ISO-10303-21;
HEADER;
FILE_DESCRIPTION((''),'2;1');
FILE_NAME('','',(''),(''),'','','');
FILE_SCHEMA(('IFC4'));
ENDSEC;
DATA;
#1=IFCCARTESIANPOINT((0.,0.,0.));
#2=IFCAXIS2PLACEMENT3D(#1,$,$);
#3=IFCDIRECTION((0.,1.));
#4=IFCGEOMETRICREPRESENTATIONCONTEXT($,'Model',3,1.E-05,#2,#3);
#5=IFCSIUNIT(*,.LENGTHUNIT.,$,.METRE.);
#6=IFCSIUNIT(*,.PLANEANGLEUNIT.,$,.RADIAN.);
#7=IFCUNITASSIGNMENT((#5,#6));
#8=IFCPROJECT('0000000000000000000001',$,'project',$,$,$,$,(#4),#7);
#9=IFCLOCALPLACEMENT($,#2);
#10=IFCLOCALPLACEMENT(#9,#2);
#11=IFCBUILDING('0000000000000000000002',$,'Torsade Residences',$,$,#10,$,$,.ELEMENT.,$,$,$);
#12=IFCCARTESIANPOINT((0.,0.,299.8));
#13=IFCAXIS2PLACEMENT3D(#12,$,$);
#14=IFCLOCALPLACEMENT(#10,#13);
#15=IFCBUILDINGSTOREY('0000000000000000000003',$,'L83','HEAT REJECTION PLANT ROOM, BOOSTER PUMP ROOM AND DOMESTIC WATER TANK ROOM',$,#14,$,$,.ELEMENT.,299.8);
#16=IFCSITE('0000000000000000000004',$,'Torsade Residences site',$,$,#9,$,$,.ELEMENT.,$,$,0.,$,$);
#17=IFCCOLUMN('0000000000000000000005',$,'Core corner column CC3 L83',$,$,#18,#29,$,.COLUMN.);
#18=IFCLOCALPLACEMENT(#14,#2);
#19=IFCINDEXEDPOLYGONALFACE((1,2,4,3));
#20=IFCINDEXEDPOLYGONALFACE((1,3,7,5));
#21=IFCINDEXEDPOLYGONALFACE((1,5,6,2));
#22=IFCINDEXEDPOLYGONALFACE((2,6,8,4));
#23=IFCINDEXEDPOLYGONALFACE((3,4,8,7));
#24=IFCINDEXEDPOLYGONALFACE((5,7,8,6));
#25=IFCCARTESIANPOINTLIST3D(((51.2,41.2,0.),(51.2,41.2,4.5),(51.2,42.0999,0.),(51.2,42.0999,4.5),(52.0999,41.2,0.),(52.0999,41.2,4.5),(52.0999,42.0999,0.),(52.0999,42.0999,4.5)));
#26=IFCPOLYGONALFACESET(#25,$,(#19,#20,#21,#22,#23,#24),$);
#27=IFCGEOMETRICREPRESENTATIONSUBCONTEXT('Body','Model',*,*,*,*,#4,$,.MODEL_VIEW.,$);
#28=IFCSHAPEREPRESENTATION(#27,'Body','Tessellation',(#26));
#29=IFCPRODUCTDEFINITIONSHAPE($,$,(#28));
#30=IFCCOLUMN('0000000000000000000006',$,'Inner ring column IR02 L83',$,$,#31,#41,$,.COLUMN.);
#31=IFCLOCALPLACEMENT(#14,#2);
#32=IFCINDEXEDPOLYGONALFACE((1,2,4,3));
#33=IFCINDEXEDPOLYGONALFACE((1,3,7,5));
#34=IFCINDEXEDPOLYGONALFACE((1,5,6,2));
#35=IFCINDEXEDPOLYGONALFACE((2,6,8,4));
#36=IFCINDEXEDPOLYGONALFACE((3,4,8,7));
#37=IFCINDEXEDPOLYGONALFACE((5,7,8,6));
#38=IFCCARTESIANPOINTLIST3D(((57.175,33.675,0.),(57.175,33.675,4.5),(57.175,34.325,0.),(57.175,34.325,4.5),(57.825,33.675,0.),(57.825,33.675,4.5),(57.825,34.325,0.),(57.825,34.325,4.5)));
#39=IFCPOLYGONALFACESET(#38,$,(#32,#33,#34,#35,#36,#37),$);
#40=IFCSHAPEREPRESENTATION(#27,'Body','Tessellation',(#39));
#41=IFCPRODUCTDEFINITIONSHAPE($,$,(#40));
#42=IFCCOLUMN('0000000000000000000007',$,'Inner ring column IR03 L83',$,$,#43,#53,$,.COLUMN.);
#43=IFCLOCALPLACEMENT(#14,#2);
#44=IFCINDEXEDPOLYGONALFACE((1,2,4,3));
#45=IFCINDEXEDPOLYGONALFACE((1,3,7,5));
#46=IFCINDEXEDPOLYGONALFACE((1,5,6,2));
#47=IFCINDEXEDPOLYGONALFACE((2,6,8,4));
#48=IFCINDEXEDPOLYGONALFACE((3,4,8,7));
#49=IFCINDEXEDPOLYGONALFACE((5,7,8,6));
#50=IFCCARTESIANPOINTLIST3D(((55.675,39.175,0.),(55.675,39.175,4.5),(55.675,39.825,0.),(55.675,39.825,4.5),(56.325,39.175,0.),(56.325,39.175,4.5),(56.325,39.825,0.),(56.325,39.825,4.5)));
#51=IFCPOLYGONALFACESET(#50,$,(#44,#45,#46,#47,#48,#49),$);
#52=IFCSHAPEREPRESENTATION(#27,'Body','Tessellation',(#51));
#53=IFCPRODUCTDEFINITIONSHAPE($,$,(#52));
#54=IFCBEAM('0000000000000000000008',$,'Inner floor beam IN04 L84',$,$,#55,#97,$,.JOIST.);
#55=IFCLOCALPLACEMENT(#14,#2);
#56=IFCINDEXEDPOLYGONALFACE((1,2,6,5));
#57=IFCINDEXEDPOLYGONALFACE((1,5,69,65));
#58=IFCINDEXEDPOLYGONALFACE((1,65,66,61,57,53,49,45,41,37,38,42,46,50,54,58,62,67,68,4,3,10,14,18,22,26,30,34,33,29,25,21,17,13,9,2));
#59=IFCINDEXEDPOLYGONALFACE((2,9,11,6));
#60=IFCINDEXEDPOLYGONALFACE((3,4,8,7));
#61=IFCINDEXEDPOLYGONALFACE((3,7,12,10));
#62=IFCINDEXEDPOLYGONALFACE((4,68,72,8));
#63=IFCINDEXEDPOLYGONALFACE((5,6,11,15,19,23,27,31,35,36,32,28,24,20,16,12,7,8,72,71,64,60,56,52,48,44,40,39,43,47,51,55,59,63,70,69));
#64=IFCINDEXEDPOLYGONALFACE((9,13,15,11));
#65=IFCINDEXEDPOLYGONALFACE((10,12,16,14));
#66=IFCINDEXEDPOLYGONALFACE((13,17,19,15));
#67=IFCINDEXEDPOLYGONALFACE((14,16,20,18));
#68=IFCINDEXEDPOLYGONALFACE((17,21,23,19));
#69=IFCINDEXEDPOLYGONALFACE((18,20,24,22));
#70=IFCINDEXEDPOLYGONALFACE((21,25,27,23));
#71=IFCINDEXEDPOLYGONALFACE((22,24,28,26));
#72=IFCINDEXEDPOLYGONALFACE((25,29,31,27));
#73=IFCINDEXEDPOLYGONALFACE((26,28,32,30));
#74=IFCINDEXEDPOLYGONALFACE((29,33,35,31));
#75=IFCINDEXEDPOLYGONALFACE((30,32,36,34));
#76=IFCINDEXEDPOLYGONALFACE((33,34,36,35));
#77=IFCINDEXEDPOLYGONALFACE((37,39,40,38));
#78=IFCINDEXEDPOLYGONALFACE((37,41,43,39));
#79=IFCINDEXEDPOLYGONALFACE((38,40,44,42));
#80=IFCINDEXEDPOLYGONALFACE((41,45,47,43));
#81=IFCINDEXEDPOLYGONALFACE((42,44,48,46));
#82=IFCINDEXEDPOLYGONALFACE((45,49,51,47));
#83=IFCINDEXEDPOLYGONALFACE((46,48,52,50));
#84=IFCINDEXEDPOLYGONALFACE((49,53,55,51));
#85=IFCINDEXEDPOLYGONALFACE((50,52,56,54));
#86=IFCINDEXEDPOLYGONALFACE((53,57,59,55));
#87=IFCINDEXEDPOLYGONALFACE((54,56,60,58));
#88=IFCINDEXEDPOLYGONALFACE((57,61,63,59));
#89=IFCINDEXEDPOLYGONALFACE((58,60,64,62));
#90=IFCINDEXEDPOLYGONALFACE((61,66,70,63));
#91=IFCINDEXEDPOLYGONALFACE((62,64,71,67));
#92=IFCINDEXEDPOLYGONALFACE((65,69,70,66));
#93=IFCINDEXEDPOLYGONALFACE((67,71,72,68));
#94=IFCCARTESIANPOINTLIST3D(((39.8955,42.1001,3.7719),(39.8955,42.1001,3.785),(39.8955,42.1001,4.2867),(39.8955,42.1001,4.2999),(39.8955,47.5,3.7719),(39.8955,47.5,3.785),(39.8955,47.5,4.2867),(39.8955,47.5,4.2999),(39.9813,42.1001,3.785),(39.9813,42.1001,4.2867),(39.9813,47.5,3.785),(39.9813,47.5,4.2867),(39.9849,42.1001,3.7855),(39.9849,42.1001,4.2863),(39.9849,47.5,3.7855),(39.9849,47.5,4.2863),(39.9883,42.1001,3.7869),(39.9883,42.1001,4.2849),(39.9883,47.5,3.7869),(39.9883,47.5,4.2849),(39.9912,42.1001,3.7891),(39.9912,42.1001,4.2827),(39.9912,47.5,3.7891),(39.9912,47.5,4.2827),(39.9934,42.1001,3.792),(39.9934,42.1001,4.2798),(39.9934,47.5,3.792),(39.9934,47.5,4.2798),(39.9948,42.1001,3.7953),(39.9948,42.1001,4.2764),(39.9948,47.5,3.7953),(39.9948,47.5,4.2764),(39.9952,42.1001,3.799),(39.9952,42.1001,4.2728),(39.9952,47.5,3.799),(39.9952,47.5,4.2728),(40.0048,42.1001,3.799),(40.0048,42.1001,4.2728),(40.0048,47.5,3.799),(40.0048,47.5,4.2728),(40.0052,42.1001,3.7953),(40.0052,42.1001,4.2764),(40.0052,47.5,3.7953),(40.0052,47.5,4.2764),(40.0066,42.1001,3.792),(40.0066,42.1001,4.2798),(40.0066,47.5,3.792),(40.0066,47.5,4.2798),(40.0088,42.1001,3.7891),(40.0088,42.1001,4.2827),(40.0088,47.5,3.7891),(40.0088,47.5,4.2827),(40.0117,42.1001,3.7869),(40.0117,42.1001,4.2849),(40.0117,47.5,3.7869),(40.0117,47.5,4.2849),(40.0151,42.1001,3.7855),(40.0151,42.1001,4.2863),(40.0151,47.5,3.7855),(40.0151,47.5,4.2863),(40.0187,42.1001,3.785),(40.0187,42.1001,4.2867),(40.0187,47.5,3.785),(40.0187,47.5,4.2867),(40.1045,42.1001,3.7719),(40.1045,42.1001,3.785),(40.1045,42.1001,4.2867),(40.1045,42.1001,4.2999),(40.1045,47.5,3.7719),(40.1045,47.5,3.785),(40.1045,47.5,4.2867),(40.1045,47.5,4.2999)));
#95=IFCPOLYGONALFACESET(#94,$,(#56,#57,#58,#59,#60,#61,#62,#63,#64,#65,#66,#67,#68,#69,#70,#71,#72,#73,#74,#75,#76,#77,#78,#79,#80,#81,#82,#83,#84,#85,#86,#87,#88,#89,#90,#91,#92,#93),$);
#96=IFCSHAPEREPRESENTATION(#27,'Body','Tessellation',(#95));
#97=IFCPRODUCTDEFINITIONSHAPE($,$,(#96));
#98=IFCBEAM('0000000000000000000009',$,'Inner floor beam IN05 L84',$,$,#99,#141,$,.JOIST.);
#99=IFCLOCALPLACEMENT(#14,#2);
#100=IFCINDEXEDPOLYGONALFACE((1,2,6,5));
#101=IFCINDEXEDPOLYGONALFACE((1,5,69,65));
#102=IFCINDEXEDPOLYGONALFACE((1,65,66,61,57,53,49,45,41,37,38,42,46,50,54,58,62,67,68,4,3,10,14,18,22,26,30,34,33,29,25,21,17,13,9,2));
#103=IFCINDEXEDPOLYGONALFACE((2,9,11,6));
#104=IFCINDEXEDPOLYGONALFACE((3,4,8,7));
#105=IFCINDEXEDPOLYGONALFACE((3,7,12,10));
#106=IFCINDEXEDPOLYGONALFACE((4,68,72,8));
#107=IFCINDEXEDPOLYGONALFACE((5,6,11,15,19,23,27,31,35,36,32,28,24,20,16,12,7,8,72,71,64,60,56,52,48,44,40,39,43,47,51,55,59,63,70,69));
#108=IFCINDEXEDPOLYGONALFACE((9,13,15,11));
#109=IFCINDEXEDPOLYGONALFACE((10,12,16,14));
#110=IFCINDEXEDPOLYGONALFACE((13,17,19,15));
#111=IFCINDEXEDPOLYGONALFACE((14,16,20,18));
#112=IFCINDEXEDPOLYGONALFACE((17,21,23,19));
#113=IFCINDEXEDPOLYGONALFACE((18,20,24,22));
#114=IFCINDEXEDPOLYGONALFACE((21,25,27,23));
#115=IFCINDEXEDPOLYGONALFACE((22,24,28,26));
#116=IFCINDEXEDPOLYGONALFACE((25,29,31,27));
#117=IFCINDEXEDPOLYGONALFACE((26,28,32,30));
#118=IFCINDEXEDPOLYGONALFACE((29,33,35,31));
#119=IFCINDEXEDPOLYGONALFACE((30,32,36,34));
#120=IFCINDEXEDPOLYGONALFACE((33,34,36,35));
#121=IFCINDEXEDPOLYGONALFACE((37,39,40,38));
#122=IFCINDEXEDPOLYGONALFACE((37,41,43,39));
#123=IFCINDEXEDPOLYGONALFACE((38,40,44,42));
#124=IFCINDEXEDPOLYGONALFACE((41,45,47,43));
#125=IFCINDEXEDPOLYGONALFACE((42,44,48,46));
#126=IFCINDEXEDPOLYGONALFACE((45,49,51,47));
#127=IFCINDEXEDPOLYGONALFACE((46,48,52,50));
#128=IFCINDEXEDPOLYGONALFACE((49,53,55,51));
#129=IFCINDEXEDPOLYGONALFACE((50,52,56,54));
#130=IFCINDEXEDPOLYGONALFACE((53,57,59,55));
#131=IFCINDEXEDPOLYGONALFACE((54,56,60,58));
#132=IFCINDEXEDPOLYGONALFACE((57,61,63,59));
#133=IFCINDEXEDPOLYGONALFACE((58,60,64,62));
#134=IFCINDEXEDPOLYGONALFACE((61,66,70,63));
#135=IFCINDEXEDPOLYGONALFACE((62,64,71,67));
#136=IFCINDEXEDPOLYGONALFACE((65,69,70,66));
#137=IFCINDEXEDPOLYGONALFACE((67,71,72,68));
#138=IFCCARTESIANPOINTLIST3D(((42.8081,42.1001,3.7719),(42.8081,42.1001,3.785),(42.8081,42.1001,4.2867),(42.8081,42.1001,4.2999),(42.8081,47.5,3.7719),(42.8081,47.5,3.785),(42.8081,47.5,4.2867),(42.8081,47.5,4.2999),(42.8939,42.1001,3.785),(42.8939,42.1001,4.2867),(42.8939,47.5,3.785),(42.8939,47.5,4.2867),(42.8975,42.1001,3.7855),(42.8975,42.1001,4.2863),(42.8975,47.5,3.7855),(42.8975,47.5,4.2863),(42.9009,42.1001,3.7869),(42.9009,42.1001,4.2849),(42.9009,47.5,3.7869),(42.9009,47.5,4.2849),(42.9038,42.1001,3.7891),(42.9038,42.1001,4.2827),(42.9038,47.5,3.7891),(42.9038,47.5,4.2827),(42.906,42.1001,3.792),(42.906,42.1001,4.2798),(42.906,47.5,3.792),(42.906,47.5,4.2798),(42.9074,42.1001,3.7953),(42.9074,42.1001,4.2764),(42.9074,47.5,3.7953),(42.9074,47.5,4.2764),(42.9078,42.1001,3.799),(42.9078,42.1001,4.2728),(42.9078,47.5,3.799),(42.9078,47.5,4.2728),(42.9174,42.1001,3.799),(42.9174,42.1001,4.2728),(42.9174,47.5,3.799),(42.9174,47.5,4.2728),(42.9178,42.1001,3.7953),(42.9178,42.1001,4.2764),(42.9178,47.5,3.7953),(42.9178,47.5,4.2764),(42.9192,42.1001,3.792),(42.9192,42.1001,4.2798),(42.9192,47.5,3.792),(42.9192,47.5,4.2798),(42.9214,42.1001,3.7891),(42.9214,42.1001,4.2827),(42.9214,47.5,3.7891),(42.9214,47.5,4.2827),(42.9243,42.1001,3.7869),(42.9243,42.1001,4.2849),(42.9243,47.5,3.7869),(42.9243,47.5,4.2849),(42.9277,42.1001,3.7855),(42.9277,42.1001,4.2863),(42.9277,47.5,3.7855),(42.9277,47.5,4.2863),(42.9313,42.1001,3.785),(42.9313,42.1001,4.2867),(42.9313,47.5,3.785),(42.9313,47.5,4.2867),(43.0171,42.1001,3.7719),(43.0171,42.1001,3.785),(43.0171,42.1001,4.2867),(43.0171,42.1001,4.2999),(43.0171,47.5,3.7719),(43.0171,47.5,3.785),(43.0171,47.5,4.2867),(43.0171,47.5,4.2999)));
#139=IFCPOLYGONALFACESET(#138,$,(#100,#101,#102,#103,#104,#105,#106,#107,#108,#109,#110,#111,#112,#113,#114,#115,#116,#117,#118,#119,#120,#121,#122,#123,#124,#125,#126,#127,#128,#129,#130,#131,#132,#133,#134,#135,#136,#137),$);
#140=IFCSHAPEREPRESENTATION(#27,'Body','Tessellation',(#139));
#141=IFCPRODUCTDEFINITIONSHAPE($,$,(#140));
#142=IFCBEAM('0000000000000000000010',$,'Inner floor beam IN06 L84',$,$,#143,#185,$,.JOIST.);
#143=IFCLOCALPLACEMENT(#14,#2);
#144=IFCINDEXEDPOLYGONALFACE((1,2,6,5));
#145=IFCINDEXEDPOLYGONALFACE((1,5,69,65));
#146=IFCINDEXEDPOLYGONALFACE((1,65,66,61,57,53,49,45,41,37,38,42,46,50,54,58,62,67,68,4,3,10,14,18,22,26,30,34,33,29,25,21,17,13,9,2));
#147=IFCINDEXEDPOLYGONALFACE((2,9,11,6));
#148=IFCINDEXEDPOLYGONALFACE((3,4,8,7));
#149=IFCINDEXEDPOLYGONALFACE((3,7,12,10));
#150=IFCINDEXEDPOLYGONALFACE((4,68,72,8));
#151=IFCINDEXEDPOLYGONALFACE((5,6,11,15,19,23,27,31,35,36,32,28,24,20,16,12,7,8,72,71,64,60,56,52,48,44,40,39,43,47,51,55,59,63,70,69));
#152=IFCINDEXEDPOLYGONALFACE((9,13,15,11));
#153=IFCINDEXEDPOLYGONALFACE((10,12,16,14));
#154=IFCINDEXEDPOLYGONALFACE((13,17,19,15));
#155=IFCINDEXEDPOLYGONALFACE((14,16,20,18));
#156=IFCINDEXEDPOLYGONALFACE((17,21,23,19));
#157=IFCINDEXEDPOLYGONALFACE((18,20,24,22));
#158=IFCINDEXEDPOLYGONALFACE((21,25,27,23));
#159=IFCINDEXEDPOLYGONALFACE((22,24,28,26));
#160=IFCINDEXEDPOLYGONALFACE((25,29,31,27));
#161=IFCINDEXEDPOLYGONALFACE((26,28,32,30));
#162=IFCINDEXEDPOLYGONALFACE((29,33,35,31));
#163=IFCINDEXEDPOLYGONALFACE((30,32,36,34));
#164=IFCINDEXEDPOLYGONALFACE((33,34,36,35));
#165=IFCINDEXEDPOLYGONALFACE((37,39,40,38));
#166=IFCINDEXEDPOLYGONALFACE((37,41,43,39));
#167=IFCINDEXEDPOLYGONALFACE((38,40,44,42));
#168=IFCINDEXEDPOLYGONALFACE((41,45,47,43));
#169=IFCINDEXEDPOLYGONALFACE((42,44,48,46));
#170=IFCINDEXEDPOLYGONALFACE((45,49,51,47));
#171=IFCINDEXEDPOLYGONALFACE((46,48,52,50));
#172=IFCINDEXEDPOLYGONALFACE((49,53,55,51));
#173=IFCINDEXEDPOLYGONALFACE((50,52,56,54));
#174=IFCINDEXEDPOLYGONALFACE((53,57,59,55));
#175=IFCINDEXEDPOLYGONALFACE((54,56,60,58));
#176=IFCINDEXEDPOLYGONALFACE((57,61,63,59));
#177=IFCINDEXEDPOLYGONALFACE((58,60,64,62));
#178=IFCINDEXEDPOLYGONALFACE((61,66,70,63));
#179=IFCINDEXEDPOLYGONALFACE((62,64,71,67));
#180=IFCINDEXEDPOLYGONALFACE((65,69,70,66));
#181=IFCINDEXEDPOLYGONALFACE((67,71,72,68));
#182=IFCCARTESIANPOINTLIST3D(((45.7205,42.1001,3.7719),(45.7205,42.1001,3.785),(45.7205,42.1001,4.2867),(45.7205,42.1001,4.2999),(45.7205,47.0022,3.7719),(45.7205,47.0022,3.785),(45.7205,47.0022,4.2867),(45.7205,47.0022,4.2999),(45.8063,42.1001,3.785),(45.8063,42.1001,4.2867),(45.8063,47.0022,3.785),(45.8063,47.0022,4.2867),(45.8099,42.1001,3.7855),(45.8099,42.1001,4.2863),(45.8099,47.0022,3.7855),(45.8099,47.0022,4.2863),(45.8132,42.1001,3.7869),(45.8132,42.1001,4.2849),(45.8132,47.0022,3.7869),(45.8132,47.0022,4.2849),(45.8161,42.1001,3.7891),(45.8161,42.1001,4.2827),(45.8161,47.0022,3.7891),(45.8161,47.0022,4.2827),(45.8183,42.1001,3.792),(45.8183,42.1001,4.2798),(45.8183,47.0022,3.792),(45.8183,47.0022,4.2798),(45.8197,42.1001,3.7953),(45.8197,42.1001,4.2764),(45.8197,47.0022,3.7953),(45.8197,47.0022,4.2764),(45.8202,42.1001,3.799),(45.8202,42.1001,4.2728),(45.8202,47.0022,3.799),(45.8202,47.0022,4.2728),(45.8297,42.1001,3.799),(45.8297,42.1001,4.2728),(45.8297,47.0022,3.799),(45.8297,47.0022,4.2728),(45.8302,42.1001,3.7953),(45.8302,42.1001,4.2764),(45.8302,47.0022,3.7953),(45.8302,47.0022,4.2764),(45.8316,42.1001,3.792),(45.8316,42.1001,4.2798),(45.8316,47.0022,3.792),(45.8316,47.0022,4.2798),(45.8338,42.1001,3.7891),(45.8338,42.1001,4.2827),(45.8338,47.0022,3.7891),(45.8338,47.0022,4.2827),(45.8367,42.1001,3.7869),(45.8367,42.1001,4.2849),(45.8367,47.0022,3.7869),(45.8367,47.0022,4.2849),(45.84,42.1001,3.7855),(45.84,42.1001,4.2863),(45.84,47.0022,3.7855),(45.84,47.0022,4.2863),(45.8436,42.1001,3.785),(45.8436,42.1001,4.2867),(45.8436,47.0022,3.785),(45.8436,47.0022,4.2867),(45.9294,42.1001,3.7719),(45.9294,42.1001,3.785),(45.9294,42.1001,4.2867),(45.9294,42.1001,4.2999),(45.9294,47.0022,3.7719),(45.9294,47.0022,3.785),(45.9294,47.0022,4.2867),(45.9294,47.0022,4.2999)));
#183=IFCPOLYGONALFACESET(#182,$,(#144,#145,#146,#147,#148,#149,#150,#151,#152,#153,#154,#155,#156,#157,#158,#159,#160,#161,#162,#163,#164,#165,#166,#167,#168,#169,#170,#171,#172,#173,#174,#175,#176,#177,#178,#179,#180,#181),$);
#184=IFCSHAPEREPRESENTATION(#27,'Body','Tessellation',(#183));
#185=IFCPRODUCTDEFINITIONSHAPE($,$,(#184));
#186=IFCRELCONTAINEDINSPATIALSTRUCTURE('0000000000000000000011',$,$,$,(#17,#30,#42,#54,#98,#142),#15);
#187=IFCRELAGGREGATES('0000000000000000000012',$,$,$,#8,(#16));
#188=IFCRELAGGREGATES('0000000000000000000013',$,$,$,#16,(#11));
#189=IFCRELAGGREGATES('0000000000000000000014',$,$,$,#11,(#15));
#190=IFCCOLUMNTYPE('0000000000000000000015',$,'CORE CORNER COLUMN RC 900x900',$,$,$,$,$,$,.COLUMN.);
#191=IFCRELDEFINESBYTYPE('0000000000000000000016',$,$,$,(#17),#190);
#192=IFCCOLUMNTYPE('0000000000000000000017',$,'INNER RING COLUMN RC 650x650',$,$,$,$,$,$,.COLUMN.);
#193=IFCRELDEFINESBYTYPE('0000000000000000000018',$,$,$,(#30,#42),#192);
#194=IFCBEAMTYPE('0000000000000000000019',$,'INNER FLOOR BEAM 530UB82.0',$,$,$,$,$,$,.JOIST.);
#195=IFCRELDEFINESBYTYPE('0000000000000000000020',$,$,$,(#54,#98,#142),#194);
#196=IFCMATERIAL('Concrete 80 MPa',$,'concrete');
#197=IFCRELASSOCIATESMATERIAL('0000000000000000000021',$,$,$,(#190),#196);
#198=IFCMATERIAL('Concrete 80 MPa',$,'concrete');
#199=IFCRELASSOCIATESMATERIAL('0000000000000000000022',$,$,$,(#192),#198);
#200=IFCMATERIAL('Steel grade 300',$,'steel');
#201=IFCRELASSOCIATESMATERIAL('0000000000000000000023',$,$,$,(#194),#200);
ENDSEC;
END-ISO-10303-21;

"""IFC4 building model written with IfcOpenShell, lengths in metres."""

from ifc_helpers import new_model, si_unit, direction, frame, origin, origin_2d, place, context, subcontext, project, spatial, rectangle, i_section, extrude, material, material_profile, profile_set, type_object, element, save


model = new_model("IFC4")

# Units and contexts
model_context = context("Model", 3, precision=1e-05, world=origin(), true_north=direction((0.0, 1.0)))
body_context = subcontext(model_context, "Body", "Model", "MODEL_VIEW")
ifc_project = project(units=[si_unit("LENGTHUNIT", "METRE"), si_unit("PLANEANGLEUNIT", "RADIAN")], contexts=[model_context])

# Site, building, storey
site_placement = place(None, origin())
site = spatial("IfcSite", under=ifc_project, at=site_placement, Name="Torsade Residences site", CompositionType="ELEMENT", RefElevation=0.0)
building_placement = place(site_placement, origin())
building = spatial("IfcBuilding", under=site, at=building_placement, Name="Torsade Residences", CompositionType="ELEMENT")
storey_placement = place(building_placement, frame((0.0, 0.0, 299.8)))
storey = spatial("IfcBuildingStorey", under=building, at=storey_placement, Name="L83", Description="HEAT REJECTION PLANT ROOM, BOOSTER PUMP ROOM AND DOMESTIC WATER TANK ROOM", CompositionType="ELEMENT", Elevation=299.8)

# Columns
ifc_material_1 = material(Name="Concrete 80 MPa", Category="concrete")
ifc_material_profile_1 = material_profile(ifc_material_1, rectangle(XDim=0.8999, YDim=0.8999, at=origin_2d()), Name="RC 900x900")
ifc_profile_set_1 = profile_set([ifc_material_profile_1], Name="Concrete 80 MPa")
column_type_1 = type_object("IfcColumnType", Name="CORE CORNER COLUMN RC 900x900", PredefinedType="COLUMN", material=ifc_profile_set_1)
column_placement = place(storey_placement, frame((51.6499, 41.6499, 0.0), z_axis=(0.0, 0.0, 1.0), x_axis=(1.0, 0.0, 0.0)))
element("IfcColumn", 1, at=column_placement, inside=storey, type_object=column_type_1, Name="Core corner column CC3 L83", PredefinedType="COLUMN", context=body_context, shape_type="SweptSolid", body=[
    extrude(rectangle(XDim=0.8999, YDim=0.8999, at=origin_2d()), origin(), (0.0, 0.0, 1.0), 4.5),
])
ifc_material_2 = material(Name="Concrete 80 MPa", Category="concrete")
ifc_material_profile_2 = material_profile(ifc_material_2, rectangle(XDim=0.6499, YDim=0.6499, at=origin_2d()), Name="RC 650x650")
ifc_profile_set_2 = profile_set([ifc_material_profile_2], Name="Concrete 80 MPa")
column_type_2 = type_object("IfcColumnType", Name="INNER RING COLUMN RC 650x650", PredefinedType="COLUMN", material=ifc_profile_set_2)
for number, where, z_axis, x_axis, name in (
    (2, (57.5, 34.0, 0.0), (0.0, 0.0, 1.0), (1.0, 0.0, 0.0), "Inner ring column IR02 L83"),
    (3, (56.0, 39.5, 0.0), (0.0, 0.0, 1.0), (1.0, 0.0, 0.0), "Inner ring column IR03 L83"),
):
    element("IfcColumn", number, at=place(storey_placement, frame(where, z_axis=z_axis, x_axis=x_axis)), inside=storey, type_object=column_type_2, Name=name, PredefinedType="COLUMN", context=body_context, shape_type="SweptSolid", body=[
        extrude(rectangle(XDim=0.6499, YDim=0.6499, at=origin_2d()), origin(), (0.0, 0.0, 1.0), 4.5),
    ])

# Beams
ifc_material_3 = material(Name="Steel grade 300", Category="steel")
ifc_material_profile_3 = material_profile(ifc_material_3, i_section(OverallWidth=0.209, OverallDepth=0.5281, WebThickness=0.0095, FlangeThickness=0.0132, FilletRadius=0.0139, at=origin_2d()), Name="530UB82.0")
ifc_profile_set_3 = profile_set([ifc_material_profile_3], Name="Steel grade 300")
beam_type_1 = type_object("IfcBeamType", Name="INNER FLOOR BEAM 530UB82.0", PredefinedType="JOIST", material=ifc_profile_set_3)
for number, where, z_axis, x_axis, name in (
    (4, (40.0, 42.1001, 4.0359), (0.0, 1.0, 0.0), (-1.0, 0.0, 0.0), "Inner floor beam IN04 L84"),
    (5, (42.9126, 42.1001, 4.0359), (0.0, 1.0, 0.0), (-1.0, 0.0, 0.0), "Inner floor beam IN05 L84"),
):
    element("IfcBeam", number, at=place(storey_placement, frame(where, z_axis=z_axis, x_axis=x_axis)), inside=storey, type_object=beam_type_1, Name=name, PredefinedType="JOIST", context=body_context, shape_type="SweptSolid", body=[
        extrude(i_section(OverallWidth=0.209, OverallDepth=0.5281, WebThickness=0.0095, FlangeThickness=0.0132, FilletRadius=0.0139, at=origin_2d()), origin(), (0.0, 0.0, 1.0), 5.3999),
    ])
beam_1_placement = place(storey_placement, frame((45.825, 42.1001, 4.0359), z_axis=(0.0, 1.0, 0.0), x_axis=(-1.0, 0.0, 0.0)))
element("IfcBeam", 6, at=beam_1_placement, inside=storey, type_object=beam_type_1, Name="Inner floor beam IN06 L84", PredefinedType="JOIST", context=body_context, shape_type="SweptSolid", body=[
    extrude(i_section(OverallWidth=0.209, OverallDepth=0.5281, WebThickness=0.0095, FlangeThickness=0.0132, FilletRadius=0.0139, at=origin_2d()), origin(), (0.0, 0.0, 1.0), 4.9021),
])

save(model, "model.ifc")
